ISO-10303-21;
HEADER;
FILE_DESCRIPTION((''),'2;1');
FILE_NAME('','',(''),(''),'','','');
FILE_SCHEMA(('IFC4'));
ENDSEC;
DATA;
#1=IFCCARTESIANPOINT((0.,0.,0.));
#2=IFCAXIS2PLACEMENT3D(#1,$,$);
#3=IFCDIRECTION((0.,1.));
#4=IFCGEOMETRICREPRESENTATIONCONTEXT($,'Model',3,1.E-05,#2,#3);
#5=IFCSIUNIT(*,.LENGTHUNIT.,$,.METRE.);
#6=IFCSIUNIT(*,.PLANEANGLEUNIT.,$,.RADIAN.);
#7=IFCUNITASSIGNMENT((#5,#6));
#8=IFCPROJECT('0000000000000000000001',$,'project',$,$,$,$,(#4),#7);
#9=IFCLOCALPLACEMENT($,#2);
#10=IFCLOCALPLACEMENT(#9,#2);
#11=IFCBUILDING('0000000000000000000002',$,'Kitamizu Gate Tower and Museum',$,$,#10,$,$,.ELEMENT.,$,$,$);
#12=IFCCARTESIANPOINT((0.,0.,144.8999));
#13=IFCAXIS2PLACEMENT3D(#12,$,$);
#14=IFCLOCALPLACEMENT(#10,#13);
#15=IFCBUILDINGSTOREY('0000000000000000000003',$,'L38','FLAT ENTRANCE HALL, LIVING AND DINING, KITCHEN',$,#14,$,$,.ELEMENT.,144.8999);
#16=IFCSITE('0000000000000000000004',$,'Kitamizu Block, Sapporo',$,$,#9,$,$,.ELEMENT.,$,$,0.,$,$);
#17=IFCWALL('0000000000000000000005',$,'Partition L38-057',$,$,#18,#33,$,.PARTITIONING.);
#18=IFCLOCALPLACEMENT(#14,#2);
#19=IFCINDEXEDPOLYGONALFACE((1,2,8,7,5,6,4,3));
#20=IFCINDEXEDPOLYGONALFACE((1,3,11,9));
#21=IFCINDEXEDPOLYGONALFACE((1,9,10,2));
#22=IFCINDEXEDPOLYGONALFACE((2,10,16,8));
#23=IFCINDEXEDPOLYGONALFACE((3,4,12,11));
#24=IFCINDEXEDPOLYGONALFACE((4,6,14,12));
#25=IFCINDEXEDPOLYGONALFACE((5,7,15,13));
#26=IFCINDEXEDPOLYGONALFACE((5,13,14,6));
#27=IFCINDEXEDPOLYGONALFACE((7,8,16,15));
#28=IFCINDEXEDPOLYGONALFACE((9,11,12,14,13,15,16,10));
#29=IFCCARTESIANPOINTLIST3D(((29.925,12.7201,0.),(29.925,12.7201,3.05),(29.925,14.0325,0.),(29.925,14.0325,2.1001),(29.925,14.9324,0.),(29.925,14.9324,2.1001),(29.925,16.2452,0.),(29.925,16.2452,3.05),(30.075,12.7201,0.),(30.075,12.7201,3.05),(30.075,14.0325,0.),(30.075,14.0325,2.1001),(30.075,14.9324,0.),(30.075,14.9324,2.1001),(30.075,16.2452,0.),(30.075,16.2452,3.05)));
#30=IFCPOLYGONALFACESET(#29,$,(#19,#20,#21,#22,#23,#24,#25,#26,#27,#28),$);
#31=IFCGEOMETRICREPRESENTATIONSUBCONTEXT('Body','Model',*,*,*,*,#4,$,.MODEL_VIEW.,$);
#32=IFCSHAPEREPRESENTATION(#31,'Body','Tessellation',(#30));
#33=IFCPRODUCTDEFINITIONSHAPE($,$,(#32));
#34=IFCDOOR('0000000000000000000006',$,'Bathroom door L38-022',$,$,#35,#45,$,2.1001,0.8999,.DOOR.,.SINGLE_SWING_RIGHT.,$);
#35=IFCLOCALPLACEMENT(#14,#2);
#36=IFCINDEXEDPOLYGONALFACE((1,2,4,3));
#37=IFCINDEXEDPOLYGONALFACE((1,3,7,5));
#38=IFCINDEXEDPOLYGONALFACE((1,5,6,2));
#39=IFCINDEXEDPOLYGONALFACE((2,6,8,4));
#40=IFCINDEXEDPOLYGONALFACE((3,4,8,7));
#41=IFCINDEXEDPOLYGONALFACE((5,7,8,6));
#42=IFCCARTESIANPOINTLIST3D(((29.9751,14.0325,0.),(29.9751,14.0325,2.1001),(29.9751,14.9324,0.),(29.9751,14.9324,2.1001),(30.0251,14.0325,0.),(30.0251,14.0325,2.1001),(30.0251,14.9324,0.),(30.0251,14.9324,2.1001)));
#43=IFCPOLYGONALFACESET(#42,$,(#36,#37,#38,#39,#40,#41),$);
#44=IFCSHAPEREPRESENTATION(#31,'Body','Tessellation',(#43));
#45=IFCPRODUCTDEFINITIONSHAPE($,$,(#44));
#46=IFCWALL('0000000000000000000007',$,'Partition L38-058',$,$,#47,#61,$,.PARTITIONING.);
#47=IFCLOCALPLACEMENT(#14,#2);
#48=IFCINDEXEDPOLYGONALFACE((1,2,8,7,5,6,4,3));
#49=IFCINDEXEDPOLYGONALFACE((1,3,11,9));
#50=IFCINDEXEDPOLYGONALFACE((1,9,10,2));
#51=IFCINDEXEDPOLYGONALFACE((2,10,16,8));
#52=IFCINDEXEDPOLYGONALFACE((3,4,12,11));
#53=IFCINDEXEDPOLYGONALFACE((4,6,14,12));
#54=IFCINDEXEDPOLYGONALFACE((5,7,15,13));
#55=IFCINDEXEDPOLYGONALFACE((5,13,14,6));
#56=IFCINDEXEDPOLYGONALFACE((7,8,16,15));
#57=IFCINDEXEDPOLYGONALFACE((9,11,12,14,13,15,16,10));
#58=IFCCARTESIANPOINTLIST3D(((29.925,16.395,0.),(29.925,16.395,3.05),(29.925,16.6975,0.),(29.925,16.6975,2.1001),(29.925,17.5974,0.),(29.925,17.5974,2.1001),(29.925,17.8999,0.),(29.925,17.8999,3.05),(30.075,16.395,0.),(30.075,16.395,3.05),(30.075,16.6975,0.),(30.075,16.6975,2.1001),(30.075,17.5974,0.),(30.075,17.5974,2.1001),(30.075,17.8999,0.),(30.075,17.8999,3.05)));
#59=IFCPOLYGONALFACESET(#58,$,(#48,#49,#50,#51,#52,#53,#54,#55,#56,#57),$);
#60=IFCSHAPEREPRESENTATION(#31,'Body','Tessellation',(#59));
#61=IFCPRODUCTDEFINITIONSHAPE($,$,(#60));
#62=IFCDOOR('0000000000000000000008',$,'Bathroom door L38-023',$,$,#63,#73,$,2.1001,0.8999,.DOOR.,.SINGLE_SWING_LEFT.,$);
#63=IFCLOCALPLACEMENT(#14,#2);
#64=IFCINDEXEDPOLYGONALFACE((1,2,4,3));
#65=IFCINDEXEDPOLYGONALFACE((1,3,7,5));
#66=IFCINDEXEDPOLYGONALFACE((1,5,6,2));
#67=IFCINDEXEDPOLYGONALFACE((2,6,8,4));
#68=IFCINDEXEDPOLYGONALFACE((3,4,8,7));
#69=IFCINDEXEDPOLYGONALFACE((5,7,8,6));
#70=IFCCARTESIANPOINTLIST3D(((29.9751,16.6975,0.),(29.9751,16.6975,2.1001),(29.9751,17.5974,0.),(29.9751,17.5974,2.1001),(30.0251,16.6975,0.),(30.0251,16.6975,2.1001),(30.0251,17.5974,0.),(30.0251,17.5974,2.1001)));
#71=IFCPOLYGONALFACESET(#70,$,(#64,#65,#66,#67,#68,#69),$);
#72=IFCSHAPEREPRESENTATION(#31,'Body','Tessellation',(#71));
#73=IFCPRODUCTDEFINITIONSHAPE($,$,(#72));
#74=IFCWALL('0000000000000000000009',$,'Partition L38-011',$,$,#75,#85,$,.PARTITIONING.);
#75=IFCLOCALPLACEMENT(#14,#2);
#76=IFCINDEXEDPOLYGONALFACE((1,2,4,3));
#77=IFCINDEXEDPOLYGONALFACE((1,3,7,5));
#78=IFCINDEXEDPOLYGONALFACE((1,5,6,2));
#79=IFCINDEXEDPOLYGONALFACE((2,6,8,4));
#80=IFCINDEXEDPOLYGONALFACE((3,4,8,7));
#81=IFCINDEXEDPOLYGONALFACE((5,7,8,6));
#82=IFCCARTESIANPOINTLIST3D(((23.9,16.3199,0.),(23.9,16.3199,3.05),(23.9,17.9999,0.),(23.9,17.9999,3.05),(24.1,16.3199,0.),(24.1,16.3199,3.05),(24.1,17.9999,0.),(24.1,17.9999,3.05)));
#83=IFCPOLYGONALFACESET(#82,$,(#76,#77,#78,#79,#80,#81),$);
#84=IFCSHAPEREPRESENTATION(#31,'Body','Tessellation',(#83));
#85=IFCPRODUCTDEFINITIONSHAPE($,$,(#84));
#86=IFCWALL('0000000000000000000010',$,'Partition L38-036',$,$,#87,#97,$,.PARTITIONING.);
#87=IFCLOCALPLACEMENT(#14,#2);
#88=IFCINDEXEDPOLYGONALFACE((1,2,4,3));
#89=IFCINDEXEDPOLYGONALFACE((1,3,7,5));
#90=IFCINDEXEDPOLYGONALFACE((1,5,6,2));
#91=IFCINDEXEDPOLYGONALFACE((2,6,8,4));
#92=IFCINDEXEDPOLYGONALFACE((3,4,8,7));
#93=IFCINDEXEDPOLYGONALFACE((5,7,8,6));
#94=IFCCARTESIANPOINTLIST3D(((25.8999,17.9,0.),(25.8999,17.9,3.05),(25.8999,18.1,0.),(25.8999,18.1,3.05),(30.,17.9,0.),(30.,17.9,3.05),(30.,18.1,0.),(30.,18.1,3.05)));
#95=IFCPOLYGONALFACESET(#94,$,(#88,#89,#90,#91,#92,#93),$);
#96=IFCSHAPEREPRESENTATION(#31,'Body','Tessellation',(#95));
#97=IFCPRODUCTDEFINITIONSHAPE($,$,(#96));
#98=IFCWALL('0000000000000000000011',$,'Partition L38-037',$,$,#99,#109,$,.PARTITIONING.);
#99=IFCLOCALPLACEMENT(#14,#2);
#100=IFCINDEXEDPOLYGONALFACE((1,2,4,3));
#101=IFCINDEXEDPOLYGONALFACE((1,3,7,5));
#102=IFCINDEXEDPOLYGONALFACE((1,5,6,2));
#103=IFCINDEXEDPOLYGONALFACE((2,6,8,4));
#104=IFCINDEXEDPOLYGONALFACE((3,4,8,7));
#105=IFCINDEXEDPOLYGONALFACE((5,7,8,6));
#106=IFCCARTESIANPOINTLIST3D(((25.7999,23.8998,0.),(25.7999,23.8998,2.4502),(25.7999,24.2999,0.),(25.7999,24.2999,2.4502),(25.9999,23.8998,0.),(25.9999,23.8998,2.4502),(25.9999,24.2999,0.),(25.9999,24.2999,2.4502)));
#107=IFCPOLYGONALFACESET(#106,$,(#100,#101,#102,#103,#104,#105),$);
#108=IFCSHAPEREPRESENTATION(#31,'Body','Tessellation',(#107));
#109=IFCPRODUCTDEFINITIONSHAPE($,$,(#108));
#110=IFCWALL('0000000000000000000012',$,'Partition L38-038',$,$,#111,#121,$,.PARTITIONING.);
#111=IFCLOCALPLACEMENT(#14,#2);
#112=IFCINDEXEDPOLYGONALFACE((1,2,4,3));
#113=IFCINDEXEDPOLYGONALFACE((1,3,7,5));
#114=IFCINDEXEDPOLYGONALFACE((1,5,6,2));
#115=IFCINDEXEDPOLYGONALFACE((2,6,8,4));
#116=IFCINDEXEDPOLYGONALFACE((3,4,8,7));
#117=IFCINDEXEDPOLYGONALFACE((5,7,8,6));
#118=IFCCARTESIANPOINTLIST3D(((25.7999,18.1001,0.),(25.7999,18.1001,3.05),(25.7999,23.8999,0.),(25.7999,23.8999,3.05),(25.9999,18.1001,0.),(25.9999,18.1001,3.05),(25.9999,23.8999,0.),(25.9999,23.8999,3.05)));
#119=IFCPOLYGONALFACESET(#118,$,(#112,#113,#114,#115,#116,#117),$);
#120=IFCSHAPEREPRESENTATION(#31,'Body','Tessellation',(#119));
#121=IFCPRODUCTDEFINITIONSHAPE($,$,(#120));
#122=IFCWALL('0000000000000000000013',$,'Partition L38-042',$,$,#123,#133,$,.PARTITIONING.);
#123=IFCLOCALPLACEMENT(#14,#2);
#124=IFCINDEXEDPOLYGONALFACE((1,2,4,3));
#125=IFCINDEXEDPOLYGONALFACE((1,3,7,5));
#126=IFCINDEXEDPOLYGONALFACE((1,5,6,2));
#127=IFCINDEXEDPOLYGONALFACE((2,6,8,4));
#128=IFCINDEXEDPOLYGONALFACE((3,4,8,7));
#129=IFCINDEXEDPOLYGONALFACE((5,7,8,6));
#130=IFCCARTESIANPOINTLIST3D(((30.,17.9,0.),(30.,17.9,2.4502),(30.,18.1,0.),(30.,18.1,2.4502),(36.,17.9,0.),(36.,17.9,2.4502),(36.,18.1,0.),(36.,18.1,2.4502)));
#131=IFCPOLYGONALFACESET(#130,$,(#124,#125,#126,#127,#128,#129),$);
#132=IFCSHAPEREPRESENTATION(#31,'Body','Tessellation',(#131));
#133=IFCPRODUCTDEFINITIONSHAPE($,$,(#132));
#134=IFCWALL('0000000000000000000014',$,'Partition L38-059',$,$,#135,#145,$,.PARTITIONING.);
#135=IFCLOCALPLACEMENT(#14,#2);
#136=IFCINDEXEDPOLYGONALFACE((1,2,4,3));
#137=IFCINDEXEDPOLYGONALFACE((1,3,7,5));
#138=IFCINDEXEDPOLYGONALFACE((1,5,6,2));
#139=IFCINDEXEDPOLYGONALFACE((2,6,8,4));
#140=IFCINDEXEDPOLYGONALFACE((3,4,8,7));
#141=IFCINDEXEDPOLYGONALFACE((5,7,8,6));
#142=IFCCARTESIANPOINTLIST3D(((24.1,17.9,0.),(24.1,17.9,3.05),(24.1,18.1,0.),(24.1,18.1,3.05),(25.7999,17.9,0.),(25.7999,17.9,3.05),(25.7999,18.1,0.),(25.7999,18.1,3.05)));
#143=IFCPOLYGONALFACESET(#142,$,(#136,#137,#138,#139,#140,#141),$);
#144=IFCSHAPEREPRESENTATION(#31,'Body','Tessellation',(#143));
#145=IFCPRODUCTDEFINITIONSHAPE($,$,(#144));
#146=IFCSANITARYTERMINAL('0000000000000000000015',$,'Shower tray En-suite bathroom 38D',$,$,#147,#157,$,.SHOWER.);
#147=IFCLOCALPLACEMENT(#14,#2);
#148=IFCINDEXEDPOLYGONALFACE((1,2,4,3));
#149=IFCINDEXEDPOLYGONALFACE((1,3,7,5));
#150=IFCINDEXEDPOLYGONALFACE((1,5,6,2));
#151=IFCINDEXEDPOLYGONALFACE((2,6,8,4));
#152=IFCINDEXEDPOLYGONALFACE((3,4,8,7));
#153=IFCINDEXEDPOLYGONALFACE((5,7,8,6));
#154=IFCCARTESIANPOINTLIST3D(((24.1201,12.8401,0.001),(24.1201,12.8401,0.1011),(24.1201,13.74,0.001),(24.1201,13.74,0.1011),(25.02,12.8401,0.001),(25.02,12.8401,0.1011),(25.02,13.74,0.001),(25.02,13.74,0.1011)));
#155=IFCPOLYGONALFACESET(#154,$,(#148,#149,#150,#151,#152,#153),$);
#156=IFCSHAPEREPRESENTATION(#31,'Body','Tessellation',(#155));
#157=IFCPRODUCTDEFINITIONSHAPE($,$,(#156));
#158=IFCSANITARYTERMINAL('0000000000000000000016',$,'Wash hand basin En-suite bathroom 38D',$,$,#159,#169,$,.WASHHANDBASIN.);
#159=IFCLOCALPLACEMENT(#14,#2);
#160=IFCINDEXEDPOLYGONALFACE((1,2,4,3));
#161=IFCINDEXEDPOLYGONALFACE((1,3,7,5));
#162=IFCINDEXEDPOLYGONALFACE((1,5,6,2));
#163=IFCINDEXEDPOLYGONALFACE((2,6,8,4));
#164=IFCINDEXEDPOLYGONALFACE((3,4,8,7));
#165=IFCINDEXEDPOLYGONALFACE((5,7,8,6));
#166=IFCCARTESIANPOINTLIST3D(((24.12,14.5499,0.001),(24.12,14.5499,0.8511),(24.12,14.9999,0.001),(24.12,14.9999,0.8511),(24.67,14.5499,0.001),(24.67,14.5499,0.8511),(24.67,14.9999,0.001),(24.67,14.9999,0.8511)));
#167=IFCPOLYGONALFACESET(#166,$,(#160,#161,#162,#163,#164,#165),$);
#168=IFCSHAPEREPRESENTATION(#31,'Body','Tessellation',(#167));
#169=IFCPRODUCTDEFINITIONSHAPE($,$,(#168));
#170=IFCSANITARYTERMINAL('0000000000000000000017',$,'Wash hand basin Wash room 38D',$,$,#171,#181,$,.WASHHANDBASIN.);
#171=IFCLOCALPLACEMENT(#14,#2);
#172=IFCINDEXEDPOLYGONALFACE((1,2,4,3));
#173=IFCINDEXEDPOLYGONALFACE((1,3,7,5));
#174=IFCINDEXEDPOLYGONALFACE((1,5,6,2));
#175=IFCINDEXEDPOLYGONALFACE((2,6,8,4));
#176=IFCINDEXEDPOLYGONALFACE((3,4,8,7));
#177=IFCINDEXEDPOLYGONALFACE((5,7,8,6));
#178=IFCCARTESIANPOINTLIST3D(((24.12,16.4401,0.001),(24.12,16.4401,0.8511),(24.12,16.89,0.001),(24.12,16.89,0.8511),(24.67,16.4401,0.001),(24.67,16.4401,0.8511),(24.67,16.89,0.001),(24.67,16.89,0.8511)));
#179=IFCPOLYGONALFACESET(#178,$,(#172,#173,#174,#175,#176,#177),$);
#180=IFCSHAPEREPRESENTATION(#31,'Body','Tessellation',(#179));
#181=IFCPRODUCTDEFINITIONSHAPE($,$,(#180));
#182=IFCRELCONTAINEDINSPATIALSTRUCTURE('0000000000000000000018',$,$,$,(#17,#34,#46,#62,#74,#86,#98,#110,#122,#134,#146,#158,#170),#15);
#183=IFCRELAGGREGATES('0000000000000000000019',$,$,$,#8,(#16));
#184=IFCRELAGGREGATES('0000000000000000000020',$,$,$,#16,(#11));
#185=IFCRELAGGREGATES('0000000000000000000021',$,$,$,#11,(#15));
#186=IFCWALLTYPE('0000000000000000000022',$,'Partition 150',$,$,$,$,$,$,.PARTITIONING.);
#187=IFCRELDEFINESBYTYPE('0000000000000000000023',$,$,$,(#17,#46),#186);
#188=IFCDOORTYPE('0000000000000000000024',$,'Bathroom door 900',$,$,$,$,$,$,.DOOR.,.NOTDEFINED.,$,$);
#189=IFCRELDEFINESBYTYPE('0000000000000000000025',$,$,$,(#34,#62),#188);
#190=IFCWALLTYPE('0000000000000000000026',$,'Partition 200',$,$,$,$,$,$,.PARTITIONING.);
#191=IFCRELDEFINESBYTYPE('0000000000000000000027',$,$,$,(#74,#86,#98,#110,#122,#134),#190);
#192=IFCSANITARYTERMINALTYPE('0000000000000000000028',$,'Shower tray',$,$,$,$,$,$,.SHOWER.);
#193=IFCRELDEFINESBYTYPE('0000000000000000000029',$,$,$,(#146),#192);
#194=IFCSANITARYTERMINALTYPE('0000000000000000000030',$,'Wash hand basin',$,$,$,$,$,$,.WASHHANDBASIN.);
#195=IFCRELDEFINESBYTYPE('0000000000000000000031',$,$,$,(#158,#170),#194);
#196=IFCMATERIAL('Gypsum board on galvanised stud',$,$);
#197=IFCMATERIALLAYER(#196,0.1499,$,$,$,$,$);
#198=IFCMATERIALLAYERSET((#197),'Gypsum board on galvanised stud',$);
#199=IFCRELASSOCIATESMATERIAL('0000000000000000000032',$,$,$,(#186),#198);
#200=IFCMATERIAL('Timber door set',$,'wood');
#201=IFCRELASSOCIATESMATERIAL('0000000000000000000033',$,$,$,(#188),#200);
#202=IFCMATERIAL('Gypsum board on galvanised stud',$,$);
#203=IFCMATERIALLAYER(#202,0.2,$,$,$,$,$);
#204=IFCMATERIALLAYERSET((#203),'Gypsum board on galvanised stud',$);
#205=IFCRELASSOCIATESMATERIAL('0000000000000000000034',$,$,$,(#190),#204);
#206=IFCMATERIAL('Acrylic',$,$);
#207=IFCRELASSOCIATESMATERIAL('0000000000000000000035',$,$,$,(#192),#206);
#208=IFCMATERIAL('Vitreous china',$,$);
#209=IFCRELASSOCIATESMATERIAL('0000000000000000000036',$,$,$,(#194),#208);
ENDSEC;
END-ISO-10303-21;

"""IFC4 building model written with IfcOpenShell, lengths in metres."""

from ifc_helpers import new_model, si_unit, direction, frame, frame_2d, origin, origin_2d, place, context, subcontext, project, spatial, rectangle, extrude, material, layer, layer_set, type_object, element, fill, save


model = new_model("IFC4")

# Units and contexts
model_context = context("Model", 3, precision=1e-05, world=origin(), true_north=direction((0.0, 1.0)))
body_context = subcontext(model_context, "Body", "Model", "MODEL_VIEW")
ifc_project = project(units=[si_unit("LENGTHUNIT", "METRE"), si_unit("PLANEANGLEUNIT", "RADIAN")], contexts=[model_context])

# Site, building, storey
site_placement = place(None, origin())
site = spatial("IfcSite", under=ifc_project, at=site_placement, Name="Kitamizu Block, Sapporo", CompositionType="ELEMENT", RefElevation=0.0)
building_placement = place(site_placement, origin())
building = spatial("IfcBuilding", under=site, at=building_placement, Name="Kitamizu Gate Tower and Museum", CompositionType="ELEMENT")
storey_placement = place(building_placement, frame((0.0, 0.0, 144.8999)))
storey = spatial("IfcBuildingStorey", under=building, at=storey_placement, Name="L38", Description="FLAT ENTRANCE HALL, LIVING AND DINING, KITCHEN", CompositionType="ELEMENT", Elevation=144.8999)

# Shared definitions
ifc_material_1 = material(Name="Gypsum board on galvanised stud")
ifc_layer_1 = layer(ifc_material_1, 0.1499)
ifc_layer_set_1 = layer_set([ifc_layer_1], Name="Gypsum board on galvanised stud")
wall_type_1 = type_object("IfcWallType", Name="Partition 150", PredefinedType="PARTITIONING", material=ifc_layer_set_1)
ifc_material_2 = material(Name="Timber door set", Category="wood")
door_type_1 = type_object("IfcDoorType", Name="Bathroom door 900", OperationType="NOTDEFINED", PredefinedType="DOOR", material=ifc_material_2)

# Walls, openings, doors
wall_1_placement = place(storey_placement, frame((30.0, 12.72, 0.0), z_axis=(0.0, 0.0, 1.0), x_axis=(0.0, 1.0, 0.0)))
wall_1 = element("IfcWall", 1, at=wall_1_placement, inside=storey, type_object=wall_type_1, Name="Partition L38-057", PredefinedType="PARTITIONING", context=body_context, shape_type="SweptSolid", body=[
    extrude(rectangle(XDim=3.5251, YDim=0.1499, at=frame_2d((1.7627, 0.0))), origin(), (0.0, 0.0, 1.0), 3.05),
])
opening_1_placement = place(wall_1_placement, frame((1.3125, 0.0, 0.0)))
opening_1 = element("IfcOpeningElement", 2, at=opening_1_placement, cuts=wall_1, PredefinedType="OPENING", context=body_context, shape_type="SweptSolid", body=[
    extrude(rectangle(XDim=0.8999, YDim=2.1001, at=frame_2d((0.45, 1.05))), frame((0.0, 0.085, 0.0), z_axis=(0.0, -1.0, 0.0), x_axis=(1.0, 0.0, 0.0)), (0.0, 0.0, 1.0), 0.1699),
])
door_1_placement = place(opening_1_placement, origin())
door_1 = element("IfcDoor", 3, at=door_1_placement, inside=storey, type_object=door_type_1, Name="Bathroom door L38-022", OperationType="SINGLE_SWING_RIGHT", OverallHeight=2.1001, OverallWidth=0.8999, PredefinedType="DOOR", context=body_context, shape_type="SweptSolid", body=[
    extrude(rectangle(XDim=0.8999, YDim=2.1001, at=frame_2d((0.45, 1.05))), frame((0.0, 0.0249, 0.0), z_axis=(0.0, -1.0, 0.0), x_axis=(1.0, 0.0, 0.0)), (0.0, 0.0, 1.0), 0.05),
])
fill(opening_1, door_1)
wall_2_placement = place(storey_placement, frame((30.0, 16.395, 0.0), z_axis=(0.0, 0.0, 1.0), x_axis=(0.0, 1.0, 0.0)))
wall_2 = element("IfcWall", 4, at=wall_2_placement, inside=storey, type_object=wall_type_1, Name="Partition L38-058", PredefinedType="PARTITIONING", context=body_context, shape_type="SweptSolid", body=[
    extrude(rectangle(XDim=1.5049, YDim=0.1499, at=frame_2d((0.7524, 0.0))), origin(), (0.0, 0.0, 1.0), 3.05),
])
opening_2_placement = place(wall_2_placement, frame((0.3025, 0.0, 0.0)))
opening_2 = element("IfcOpeningElement", 5, at=opening_2_placement, cuts=wall_2, PredefinedType="OPENING", context=body_context, shape_type="SweptSolid", body=[
    extrude(rectangle(XDim=0.8999, YDim=2.1001, at=frame_2d((0.45, 1.05))), frame((0.0, 0.085, 0.0), z_axis=(0.0, -1.0, 0.0), x_axis=(1.0, 0.0, 0.0)), (0.0, 0.0, 1.0), 0.1699),
])
door_2_placement = place(opening_2_placement, origin())
door_2 = element("IfcDoor", 6, at=door_2_placement, inside=storey, type_object=door_type_1, Name="Bathroom door L38-023", OperationType="SINGLE_SWING_LEFT", OverallHeight=2.1001, OverallWidth=0.8999, PredefinedType="DOOR", context=body_context, shape_type="SweptSolid", body=[
    extrude(rectangle(XDim=0.8999, YDim=2.1001, at=frame_2d((0.45, 1.05))), frame((0.0, 0.0249, 0.0), z_axis=(0.0, -1.0, 0.0), x_axis=(1.0, 0.0, 0.0)), (0.0, 0.0, 1.0), 0.05),
])
fill(opening_2, door_2)

# Walls
ifc_material_3 = material(Name="Gypsum board on galvanised stud")
ifc_layer_2 = layer(ifc_material_3, 0.2)
ifc_layer_set_2 = layer_set([ifc_layer_2], Name="Gypsum board on galvanised stud")
wall_type_2 = type_object("IfcWallType", Name="Partition 200", PredefinedType="PARTITIONING", material=ifc_layer_set_2)
wall_3_placement = place(storey_placement, frame((24.0, 16.3201, 0.0), z_axis=(0.0, 0.0, 1.0), x_axis=(0.0, 1.0, 0.0)))
element("IfcWall", 7, at=wall_3_placement, inside=storey, type_object=wall_type_2, Name="Partition L38-011", PredefinedType="PARTITIONING", context=body_context, shape_type="SweptSolid", body=[
    extrude(rectangle(XDim=1.6799, YDim=0.2, at=frame_2d((0.8398, 0.0))), origin(), (0.0, 0.0, 1.0), 3.05),
])
wall_4_placement = place(storey_placement, frame((25.8999, 18.0, 0.0), z_axis=(0.0, 0.0, 1.0), x_axis=(1.0, 0.0, 0.0)))
element("IfcWall", 8, at=wall_4_placement, inside=storey, type_object=wall_type_2, Name="Partition L38-036", PredefinedType="PARTITIONING", context=body_context, shape_type="SweptSolid", body=[
    extrude(rectangle(XDim=4.1001, YDim=0.2, at=frame_2d((2.05, 0.0))), origin(), (0.0, 0.0, 1.0), 3.05),
])
wall_5_placement = place(storey_placement, frame((25.8999, 24.3, 0.0), z_axis=(0.0, 0.0, 1.0), x_axis=(0.0, -1.0, 0.0)))
element("IfcWall", 9, at=wall_5_placement, inside=storey, type_object=wall_type_2, Name="Partition L38-037", PredefinedType="PARTITIONING", context=body_context, shape_type="SweptSolid", body=[
    extrude(rectangle(XDim=0.4001, YDim=0.2, at=frame_2d((0.2002, 0.0))), origin(), (0.0, 0.0, 1.0), 2.4502),
])
wall_6_placement = place(storey_placement, frame((25.8999, 23.8999, 0.0), z_axis=(0.0, 0.0, 1.0), x_axis=(0.0, -1.0, 0.0)))
element("IfcWall", 10, at=wall_6_placement, inside=storey, type_object=wall_type_2, Name="Partition L38-038", PredefinedType="PARTITIONING", context=body_context, shape_type="SweptSolid", body=[
    extrude(rectangle(XDim=5.7998, YDim=0.2, at=frame_2d((2.8999, 0.0))), origin(), (0.0, 0.0, 1.0), 3.05),
])
wall_7_placement = place(storey_placement, frame((30.0, 18.0, 0.0), z_axis=(0.0, 0.0, 1.0), x_axis=(1.0, 0.0, 0.0)))
element("IfcWall", 11, at=wall_7_placement, inside=storey, type_object=wall_type_2, Name="Partition L38-042", PredefinedType="PARTITIONING", context=body_context, shape_type="SweptSolid", body=[
    extrude(rectangle(XDim=6.0, YDim=0.2, at=frame_2d((3.0, 0.0))), origin(), (0.0, 0.0, 1.0), 2.4502),
])
wall_8_placement = place(storey_placement, frame((25.8, 18.0, 0.0), z_axis=(0.0, 0.0, 1.0), x_axis=(-1.0, 0.0, 0.0)))
element("IfcWall", 12, at=wall_8_placement, inside=storey, type_object=wall_type_2, Name="Partition L38-059", PredefinedType="PARTITIONING", context=body_context, shape_type="SweptSolid", body=[
    extrude(rectangle(XDim=1.7, YDim=0.2, at=frame_2d((0.8501, 0.0))), origin(), (0.0, 0.0, 1.0), 3.05),
])

# Sanitary terminals
ifc_material_4 = material(Name="Acrylic")
sanitary_terminal_type_1 = type_object("IfcSanitaryTerminalType", Name="Shower tray", PredefinedType="SHOWER", material=ifc_material_4)
sanitary_terminal_1_placement = place(storey_placement, frame((24.5701, 13.29, 0.001), z_axis=(0.0, 0.0, 1.0), x_axis=(1.0, 0.0, 0.0)))
element("IfcSanitaryTerminal", 13, at=sanitary_terminal_1_placement, inside=storey, type_object=sanitary_terminal_type_1, Name="Shower tray En-suite bathroom 38D", PredefinedType="SHOWER", context=body_context, shape_type="SweptSolid", body=[
    extrude(rectangle(XDim=0.8999, YDim=0.8999, at=origin_2d()), origin(), (0.0, 0.0, 1.0), 0.1001),
])
ifc_material_5 = material(Name="Vitreous china")
sanitary_terminal_type_2 = type_object("IfcSanitaryTerminalType", Name="Wash hand basin", PredefinedType="WASHHANDBASIN", material=ifc_material_5)
for number, where, z_axis, x_axis, name in (
    (14, (24.395, 14.7749, 0.001), (0.0, 0.0, 1.0), (1.0, 0.0, 0.0), "Wash hand basin En-suite bathroom 38D"),
    (15, (24.395, 16.665, 0.001), (0.0, 0.0, 1.0), (1.0, 0.0, 0.0), "Wash hand basin Wash room 38D"),
):
    element("IfcSanitaryTerminal", number, at=place(storey_placement, frame(where, z_axis=z_axis, x_axis=x_axis)), inside=storey, type_object=sanitary_terminal_type_2, Name=name, PredefinedType="WASHHANDBASIN", context=body_context, shape_type="SweptSolid", body=[
        extrude(rectangle(XDim=0.55, YDim=0.45, at=origin_2d()), origin(), (0.0, 0.0, 1.0), 0.8501),
    ])

save(model, "model.ifc")
